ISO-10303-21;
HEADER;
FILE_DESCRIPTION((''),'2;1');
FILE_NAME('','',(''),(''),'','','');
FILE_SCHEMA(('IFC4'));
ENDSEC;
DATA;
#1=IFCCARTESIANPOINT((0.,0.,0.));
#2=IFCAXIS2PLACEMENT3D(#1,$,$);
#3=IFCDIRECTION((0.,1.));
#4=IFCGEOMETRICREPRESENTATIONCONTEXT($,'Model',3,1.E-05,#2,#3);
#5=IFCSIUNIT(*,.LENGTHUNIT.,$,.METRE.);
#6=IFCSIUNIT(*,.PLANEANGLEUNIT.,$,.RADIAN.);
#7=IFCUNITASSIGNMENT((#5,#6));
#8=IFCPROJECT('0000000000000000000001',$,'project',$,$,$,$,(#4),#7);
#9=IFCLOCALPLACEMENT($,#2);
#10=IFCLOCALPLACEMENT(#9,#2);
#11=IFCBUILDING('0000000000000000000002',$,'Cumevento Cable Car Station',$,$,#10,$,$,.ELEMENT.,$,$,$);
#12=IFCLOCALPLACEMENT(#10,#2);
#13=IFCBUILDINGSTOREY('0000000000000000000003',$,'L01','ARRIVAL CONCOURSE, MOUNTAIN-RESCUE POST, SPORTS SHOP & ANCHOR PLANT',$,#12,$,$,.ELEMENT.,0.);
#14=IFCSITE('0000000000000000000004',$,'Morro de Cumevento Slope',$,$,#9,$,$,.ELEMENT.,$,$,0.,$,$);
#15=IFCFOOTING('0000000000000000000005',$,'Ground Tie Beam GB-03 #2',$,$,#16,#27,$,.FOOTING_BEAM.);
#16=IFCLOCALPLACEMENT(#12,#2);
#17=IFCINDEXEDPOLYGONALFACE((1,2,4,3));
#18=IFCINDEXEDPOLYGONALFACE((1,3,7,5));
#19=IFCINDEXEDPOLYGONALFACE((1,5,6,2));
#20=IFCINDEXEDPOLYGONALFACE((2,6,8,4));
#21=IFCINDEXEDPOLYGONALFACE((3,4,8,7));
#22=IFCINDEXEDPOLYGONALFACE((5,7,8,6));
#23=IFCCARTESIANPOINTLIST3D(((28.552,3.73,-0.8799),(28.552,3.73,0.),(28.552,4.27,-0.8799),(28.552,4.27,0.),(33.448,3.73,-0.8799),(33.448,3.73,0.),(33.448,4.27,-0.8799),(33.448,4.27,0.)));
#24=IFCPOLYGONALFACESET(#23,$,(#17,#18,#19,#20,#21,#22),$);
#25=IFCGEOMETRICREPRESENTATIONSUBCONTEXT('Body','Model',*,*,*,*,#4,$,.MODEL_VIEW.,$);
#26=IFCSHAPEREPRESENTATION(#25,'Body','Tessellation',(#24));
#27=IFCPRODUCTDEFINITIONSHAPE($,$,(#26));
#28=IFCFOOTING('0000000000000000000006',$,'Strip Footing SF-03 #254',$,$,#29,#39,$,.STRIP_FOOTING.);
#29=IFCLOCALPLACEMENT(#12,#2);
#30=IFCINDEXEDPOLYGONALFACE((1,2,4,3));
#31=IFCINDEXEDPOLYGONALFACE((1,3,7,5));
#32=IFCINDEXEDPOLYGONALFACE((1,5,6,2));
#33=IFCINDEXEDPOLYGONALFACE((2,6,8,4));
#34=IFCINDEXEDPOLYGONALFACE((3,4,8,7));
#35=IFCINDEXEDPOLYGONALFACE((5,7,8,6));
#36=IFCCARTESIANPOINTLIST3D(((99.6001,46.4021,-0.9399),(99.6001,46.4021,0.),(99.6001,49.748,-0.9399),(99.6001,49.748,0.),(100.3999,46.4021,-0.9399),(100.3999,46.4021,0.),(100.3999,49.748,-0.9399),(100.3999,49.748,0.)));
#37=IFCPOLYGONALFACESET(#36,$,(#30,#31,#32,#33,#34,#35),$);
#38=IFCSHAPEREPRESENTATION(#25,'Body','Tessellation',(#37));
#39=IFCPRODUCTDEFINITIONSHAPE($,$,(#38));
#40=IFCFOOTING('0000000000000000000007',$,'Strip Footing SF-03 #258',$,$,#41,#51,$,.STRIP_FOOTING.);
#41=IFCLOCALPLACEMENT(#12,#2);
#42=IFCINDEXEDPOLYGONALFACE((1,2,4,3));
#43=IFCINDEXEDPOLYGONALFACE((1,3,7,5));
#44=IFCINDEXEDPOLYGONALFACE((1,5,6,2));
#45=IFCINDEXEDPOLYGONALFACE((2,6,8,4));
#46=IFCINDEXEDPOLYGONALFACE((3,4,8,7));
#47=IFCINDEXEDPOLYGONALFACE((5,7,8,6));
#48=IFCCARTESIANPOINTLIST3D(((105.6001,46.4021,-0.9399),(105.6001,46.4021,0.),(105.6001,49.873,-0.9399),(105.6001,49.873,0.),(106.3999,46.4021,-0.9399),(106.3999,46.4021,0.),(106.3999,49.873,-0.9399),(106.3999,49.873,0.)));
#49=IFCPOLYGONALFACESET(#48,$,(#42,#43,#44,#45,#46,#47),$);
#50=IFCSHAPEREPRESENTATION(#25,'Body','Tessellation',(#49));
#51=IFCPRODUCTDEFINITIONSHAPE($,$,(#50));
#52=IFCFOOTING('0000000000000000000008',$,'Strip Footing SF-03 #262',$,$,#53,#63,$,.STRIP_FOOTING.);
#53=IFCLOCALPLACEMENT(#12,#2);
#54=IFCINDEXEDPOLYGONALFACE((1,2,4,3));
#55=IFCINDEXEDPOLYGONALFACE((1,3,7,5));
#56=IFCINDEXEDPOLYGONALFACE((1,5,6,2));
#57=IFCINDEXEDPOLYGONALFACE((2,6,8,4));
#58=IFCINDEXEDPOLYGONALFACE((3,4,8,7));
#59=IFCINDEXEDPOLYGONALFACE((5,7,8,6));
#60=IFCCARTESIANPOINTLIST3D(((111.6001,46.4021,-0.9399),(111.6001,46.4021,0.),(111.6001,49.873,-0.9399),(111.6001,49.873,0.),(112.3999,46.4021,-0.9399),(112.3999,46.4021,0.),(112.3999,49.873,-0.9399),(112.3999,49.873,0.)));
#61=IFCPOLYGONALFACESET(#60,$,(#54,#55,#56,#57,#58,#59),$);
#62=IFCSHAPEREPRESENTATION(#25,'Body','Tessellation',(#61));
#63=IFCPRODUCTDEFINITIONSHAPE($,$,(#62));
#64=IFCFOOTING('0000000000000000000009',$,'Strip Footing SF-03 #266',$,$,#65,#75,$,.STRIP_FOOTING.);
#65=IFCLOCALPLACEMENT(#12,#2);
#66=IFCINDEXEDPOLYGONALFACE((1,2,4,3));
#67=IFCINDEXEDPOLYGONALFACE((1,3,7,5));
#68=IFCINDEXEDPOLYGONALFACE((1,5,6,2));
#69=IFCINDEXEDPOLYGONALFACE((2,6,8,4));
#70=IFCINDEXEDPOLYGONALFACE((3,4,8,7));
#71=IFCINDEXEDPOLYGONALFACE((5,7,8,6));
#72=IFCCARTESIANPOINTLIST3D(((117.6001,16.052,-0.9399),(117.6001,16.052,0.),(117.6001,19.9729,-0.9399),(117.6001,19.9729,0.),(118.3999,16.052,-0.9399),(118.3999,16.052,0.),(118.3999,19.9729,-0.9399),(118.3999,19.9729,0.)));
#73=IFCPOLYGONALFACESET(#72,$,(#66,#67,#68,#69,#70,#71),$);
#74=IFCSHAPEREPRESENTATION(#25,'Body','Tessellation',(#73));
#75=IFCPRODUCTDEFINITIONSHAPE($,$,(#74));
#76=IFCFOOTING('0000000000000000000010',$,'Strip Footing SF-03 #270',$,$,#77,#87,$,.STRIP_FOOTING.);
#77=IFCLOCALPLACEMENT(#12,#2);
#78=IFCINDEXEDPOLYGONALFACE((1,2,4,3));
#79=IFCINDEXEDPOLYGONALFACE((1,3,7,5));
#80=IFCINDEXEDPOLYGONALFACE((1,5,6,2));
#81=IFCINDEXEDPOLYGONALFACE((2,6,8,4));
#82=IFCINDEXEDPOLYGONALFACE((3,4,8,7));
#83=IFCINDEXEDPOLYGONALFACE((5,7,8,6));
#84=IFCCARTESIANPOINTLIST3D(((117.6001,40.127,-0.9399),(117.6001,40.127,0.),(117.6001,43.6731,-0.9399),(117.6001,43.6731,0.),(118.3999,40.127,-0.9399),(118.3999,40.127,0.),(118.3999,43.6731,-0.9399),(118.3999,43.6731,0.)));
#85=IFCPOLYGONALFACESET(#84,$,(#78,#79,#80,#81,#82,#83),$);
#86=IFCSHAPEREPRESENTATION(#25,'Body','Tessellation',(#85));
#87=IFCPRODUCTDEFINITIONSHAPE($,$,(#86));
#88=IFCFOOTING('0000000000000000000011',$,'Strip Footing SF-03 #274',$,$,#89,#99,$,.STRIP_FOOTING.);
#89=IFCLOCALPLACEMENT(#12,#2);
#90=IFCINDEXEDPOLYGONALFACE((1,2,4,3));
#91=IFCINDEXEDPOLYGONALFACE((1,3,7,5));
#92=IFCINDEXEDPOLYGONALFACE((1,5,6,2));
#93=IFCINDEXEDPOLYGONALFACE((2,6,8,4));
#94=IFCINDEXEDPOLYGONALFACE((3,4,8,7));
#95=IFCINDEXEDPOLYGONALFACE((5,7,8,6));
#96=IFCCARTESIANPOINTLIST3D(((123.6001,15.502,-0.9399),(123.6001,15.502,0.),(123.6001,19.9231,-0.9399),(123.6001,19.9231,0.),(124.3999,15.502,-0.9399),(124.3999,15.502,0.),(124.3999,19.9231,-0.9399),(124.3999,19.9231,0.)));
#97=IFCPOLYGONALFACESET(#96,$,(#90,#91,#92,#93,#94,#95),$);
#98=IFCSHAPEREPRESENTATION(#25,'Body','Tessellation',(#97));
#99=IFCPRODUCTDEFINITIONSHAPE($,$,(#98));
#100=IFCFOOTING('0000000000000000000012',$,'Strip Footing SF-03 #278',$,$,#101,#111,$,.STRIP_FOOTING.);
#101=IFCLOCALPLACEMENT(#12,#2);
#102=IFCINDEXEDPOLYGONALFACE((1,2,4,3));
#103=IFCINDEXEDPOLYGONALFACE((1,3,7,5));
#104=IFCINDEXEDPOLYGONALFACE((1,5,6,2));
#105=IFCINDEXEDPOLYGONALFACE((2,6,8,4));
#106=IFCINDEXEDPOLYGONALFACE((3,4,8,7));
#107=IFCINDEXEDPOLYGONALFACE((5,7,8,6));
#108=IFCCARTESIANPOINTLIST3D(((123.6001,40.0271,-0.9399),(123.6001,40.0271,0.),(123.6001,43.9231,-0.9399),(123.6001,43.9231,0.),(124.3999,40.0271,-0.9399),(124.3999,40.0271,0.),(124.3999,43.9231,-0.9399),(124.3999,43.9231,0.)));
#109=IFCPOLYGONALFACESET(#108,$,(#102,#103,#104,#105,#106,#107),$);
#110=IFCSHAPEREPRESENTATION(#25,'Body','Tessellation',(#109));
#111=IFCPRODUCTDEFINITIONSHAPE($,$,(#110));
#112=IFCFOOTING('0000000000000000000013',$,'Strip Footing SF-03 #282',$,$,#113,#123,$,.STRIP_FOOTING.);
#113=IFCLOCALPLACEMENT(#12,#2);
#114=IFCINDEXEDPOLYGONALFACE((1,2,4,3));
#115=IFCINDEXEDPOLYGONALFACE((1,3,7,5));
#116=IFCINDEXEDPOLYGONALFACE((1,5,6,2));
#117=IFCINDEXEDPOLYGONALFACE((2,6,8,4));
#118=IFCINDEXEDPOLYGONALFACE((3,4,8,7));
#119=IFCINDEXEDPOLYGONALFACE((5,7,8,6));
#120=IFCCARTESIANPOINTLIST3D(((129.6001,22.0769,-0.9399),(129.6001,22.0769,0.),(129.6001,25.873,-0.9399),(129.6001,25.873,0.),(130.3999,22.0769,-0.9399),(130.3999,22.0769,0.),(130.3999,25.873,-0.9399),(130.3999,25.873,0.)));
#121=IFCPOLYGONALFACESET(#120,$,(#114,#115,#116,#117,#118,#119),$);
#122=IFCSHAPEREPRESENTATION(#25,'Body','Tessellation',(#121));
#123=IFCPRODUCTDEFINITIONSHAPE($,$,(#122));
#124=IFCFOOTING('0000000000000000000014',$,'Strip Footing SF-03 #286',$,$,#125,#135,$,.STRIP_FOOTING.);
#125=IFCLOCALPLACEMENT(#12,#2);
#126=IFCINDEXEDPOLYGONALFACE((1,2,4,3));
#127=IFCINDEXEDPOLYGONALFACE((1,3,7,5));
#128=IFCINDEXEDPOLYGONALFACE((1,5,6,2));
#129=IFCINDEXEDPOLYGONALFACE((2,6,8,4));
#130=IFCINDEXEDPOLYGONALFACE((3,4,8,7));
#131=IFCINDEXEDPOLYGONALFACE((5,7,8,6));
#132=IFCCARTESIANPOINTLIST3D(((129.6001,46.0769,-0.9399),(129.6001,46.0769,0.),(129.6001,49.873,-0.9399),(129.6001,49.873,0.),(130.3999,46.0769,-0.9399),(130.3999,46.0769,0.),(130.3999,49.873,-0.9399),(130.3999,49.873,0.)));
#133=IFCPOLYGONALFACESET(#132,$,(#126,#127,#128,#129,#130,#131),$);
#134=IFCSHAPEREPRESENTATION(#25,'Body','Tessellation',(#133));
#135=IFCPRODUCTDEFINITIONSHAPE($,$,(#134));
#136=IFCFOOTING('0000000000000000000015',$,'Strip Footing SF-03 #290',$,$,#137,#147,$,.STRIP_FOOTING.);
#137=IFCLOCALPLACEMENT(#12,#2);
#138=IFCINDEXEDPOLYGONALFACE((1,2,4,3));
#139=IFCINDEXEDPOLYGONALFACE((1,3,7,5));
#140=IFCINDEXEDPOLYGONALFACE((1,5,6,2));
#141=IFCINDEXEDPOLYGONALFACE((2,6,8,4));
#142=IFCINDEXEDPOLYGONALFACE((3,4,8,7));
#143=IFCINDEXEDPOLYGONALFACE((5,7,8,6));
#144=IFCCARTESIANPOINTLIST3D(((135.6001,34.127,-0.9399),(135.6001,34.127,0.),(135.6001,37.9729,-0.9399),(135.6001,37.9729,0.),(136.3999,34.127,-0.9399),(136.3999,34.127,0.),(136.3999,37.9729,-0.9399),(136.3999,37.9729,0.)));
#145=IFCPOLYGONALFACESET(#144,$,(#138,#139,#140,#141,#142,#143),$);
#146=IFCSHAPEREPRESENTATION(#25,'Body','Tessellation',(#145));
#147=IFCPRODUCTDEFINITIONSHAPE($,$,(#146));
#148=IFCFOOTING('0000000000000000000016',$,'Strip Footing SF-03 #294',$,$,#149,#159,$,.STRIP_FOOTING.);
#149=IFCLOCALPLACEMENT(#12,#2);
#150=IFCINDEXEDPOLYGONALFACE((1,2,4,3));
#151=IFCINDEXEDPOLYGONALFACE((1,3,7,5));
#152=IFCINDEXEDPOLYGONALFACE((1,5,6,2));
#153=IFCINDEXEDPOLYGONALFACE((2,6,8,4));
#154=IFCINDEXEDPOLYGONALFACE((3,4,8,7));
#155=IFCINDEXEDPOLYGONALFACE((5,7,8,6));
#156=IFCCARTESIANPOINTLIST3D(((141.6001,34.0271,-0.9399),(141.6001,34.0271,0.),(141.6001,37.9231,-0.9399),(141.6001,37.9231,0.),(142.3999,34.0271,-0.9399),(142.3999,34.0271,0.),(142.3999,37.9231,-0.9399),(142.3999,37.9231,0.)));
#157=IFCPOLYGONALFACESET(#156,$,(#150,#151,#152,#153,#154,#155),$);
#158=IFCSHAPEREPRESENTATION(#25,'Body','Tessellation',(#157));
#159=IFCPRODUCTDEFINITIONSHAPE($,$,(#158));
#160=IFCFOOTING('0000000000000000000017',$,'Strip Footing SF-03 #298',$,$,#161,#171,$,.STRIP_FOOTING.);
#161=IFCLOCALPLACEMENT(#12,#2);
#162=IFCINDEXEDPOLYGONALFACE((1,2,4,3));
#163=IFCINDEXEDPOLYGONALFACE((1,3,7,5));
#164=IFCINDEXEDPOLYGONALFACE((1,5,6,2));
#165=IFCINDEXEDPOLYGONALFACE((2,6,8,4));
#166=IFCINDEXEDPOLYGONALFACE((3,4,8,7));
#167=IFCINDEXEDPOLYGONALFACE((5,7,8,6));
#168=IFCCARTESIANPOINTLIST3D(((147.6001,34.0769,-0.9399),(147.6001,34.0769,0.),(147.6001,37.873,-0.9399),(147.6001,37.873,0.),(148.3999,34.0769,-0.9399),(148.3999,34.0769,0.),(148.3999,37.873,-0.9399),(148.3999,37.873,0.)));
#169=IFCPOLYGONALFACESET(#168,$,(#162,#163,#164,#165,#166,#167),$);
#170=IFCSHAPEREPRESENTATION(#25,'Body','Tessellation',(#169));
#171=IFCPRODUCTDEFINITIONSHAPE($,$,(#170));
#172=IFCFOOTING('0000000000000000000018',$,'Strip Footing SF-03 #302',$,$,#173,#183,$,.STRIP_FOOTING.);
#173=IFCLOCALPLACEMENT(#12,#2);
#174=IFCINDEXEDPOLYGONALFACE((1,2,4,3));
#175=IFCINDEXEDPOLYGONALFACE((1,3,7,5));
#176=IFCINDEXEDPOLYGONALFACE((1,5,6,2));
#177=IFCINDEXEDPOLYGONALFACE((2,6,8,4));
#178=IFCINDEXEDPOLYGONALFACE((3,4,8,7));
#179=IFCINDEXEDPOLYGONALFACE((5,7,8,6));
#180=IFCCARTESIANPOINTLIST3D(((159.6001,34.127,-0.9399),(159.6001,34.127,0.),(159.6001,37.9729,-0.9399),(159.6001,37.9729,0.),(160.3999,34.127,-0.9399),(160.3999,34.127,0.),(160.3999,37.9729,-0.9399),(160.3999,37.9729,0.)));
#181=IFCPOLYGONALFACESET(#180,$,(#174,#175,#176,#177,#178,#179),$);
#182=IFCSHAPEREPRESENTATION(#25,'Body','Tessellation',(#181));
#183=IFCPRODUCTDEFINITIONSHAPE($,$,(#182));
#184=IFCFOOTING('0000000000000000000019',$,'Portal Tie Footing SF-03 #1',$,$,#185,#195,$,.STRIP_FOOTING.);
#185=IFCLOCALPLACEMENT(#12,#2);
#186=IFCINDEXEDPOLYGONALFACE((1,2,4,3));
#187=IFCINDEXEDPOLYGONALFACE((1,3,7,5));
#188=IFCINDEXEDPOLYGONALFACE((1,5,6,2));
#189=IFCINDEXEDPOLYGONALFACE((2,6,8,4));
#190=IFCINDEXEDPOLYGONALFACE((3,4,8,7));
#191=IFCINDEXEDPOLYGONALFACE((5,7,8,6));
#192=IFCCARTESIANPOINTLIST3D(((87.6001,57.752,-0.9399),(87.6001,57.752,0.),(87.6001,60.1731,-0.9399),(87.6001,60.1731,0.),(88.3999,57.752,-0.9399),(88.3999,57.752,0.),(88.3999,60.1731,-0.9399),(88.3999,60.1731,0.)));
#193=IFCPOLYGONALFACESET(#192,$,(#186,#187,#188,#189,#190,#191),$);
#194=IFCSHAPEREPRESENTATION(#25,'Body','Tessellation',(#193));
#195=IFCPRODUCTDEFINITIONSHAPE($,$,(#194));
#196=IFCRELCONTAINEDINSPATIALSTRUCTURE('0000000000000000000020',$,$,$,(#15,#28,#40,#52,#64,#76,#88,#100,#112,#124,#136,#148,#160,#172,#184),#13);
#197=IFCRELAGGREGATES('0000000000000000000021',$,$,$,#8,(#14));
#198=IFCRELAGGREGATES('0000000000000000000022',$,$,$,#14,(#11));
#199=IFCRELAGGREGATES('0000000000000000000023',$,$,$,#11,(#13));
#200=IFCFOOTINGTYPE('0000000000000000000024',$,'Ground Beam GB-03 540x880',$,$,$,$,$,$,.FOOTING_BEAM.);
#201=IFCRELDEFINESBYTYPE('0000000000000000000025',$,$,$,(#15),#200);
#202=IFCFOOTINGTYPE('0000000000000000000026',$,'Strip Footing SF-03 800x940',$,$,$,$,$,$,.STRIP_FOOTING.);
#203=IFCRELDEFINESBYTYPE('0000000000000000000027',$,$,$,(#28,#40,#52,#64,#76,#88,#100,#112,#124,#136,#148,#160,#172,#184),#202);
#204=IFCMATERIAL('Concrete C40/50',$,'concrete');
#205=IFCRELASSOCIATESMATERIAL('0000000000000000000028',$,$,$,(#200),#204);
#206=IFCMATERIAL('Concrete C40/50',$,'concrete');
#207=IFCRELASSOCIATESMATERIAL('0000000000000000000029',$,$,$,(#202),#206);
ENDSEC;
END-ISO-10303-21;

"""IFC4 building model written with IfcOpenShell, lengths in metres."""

from ifc_helpers import new_model, si_unit, direction, frame, origin, place, context, subcontext, project, spatial, polyline, outline, extrude, material, type_object, element, save


model = new_model("IFC4")

# Units and contexts
model_context = context("Model", 3, precision=1e-05, world=origin(), true_north=direction((0.0, 1.0)))
body_context = subcontext(model_context, "Body", "Model", "MODEL_VIEW")
ifc_project = project(units=[si_unit("LENGTHUNIT", "METRE"), si_unit("PLANEANGLEUNIT", "RADIAN")], contexts=[model_context])

# Site, building, storey
site_placement = place(None, origin())
site = spatial("IfcSite", under=ifc_project, at=site_placement, Name="Morro de Cumevento Slope", CompositionType="ELEMENT", RefElevation=0.0)
building_placement = place(site_placement, origin())
building = spatial("IfcBuilding", under=site, at=building_placement, Name="Cumevento Cable Car Station", CompositionType="ELEMENT")
storey_placement = place(building_placement, origin())
storey = spatial("IfcBuildingStorey", under=building, at=storey_placement, Name="L01", Description="ARRIVAL CONCOURSE, MOUNTAIN-RESCUE POST, SPORTS SHOP & ANCHOR PLANT", CompositionType="ELEMENT", Elevation=0.0)

# Footings
ifc_material_1 = material(Name="Concrete C40/50", Category="concrete")
footing_type_1 = type_object("IfcFootingType", Name="Ground Beam GB-03 540x880", PredefinedType="FOOTING_BEAM", material=ifc_material_1)
footing_1_placement = place(storey_placement, frame((0.0, 0.0, -0.8799)))
element("IfcFooting", 1, at=footing_1_placement, inside=storey, type_object=footing_type_1, Name="Ground Tie Beam GB-03 #2", PredefinedType="FOOTING_BEAM", context=body_context, shape_type="SweptSolid", body=[
    extrude(outline(polyline([(28.552, 3.73), (33.448, 3.73), (33.448, 4.27), (28.552, 4.27), (28.552, 3.73)])), origin(), (0.0, 0.0, 1.0), 0.8799),
])
ifc_material_2 = material(Name="Concrete C40/50", Category="concrete")
footing_type_2 = type_object("IfcFootingType", Name="Strip Footing SF-03 800x940", PredefinedType="STRIP_FOOTING", material=ifc_material_2)
footing_2_placement = place(storey_placement, frame((0.0, 0.0, -0.9399)))
element("IfcFooting", 2, at=footing_2_placement, inside=storey, type_object=footing_type_2, Name="Strip Footing SF-03 #254", PredefinedType="STRIP_FOOTING", context=body_context, shape_type="SweptSolid", body=[
    extrude(outline(polyline([(99.6001, 46.4021), (100.3999, 46.4021), (100.3999, 49.748), (99.6001, 49.748), (99.6001, 46.4021)])), origin(), (0.0, 0.0, 1.0), 0.9399),
])
footing_3_placement = place(storey_placement, frame((0.0, 0.0, -0.9399)))
element("IfcFooting", 3, at=footing_3_placement, inside=storey, type_object=footing_type_2, Name="Strip Footing SF-03 #258", PredefinedType="STRIP_FOOTING", context=body_context, shape_type="SweptSolid", body=[
    extrude(outline(polyline([(105.6001, 46.4021), (106.3999, 46.4021), (106.3999, 49.873), (105.6001, 49.873), (105.6001, 46.4021)])), origin(), (0.0, 0.0, 1.0), 0.9399),
])
footing_4_placement = place(storey_placement, frame((0.0, 0.0, -0.9399)))
element("IfcFooting", 4, at=footing_4_placement, inside=storey, type_object=footing_type_2, Name="Strip Footing SF-03 #262", PredefinedType="STRIP_FOOTING", context=body_context, shape_type="SweptSolid", body=[
    extrude(outline(polyline([(111.6001, 46.4021), (112.3999, 46.4021), (112.3999, 49.873), (111.6001, 49.873), (111.6001, 46.4021)])), origin(), (0.0, 0.0, 1.0), 0.9399),
])
footing_5_placement = place(storey_placement, frame((0.0, 0.0, -0.9399)))
element("IfcFooting", 5, at=footing_5_placement, inside=storey, type_object=footing_type_2, Name="Strip Footing SF-03 #266", PredefinedType="STRIP_FOOTING", context=body_context, shape_type="SweptSolid", body=[
    extrude(outline(polyline([(117.6001, 16.052), (118.3999, 16.052), (118.3999, 19.9729), (117.6001, 19.9729), (117.6001, 16.052)])), origin(), (0.0, 0.0, 1.0), 0.9399),
])
footing_6_placement = place(storey_placement, frame((0.0, 0.0, -0.9399)))
element("IfcFooting", 6, at=footing_6_placement, inside=storey, type_object=footing_type_2, Name="Strip Footing SF-03 #270", PredefinedType="STRIP_FOOTING", context=body_context, shape_type="SweptSolid", body=[
    extrude(outline(polyline([(117.6001, 40.127), (118.3999, 40.127), (118.3999, 43.6731), (117.6001, 43.6731), (117.6001, 40.127)])), origin(), (0.0, 0.0, 1.0), 0.9399),
])
footing_7_placement = place(storey_placement, frame((0.0, 0.0, -0.9399)))
element("IfcFooting", 7, at=footing_7_placement, inside=storey, type_object=footing_type_2, Name="Strip Footing SF-03 #274", PredefinedType="STRIP_FOOTING", context=body_context, shape_type="SweptSolid", body=[
    extrude(outline(polyline([(123.6001, 15.502), (124.3999, 15.502), (124.3999, 19.9231), (123.6001, 19.9231), (123.6001, 15.502)])), origin(), (0.0, 0.0, 1.0), 0.9399),
])
footing_8_placement = place(storey_placement, frame((0.0, 0.0, -0.9399)))
element("IfcFooting", 8, at=footing_8_placement, inside=storey, type_object=footing_type_2, Name="Strip Footing SF-03 #278", PredefinedType="STRIP_FOOTING", context=body_context, shape_type="SweptSolid", body=[
    extrude(outline(polyline([(123.6001, 40.0271), (124.3999, 40.0271), (124.3999, 43.9231), (123.6001, 43.9231), (123.6001, 40.0271)])), origin(), (0.0, 0.0, 1.0), 0.9399),
])
footing_9_placement = place(storey_placement, frame((0.0, 0.0, -0.9399)))
element("IfcFooting", 9, at=footing_9_placement, inside=storey, type_object=footing_type_2, Name="Strip Footing SF-03 #282", PredefinedType="STRIP_FOOTING", context=body_context, shape_type="SweptSolid", body=[
    extrude(outline(polyline([(129.6001, 22.0769), (130.3999, 22.0769), (130.3999, 25.873), (129.6001, 25.873), (129.6001, 22.0769)])), origin(), (0.0, 0.0, 1.0), 0.9399),
])
footing_10_placement = place(storey_placement, frame((0.0, 0.0, -0.9399)))
element("IfcFooting", 10, at=footing_10_placement, inside=storey, type_object=footing_type_2, Name="Strip Footing SF-03 #286", PredefinedType="STRIP_FOOTING", context=body_context, shape_type="SweptSolid", body=[
    extrude(outline(polyline([(129.6001, 46.0769), (130.3999, 46.0769), (130.3999, 49.873), (129.6001, 49.873), (129.6001, 46.0769)])), origin(), (0.0, 0.0, 1.0), 0.9399),
])
footing_11_placement = place(storey_placement, frame((0.0, 0.0, -0.9399)))
element("IfcFooting", 11, at=footing_11_placement, inside=storey, type_object=footing_type_2, Name="Strip Footing SF-03 #290", PredefinedType="STRIP_FOOTING", context=body_context, shape_type="SweptSolid", body=[
    extrude(outline(polyline([(135.6001, 34.127), (136.3999, 34.127), (136.3999, 37.9729), (135.6001, 37.9729), (135.6001, 34.127)])), origin(), (0.0, 0.0, 1.0), 0.9399),
])
footing_12_placement = place(storey_placement, frame((0.0, 0.0, -0.9399)))
element("IfcFooting", 12, at=footing_12_placement, inside=storey, type_object=footing_type_2, Name="Strip Footing SF-03 #294", PredefinedType="STRIP_FOOTING", context=body_context, shape_type="SweptSolid", body=[
    extrude(outline(polyline([(141.6001, 34.0271), (142.3999, 34.0271), (142.3999, 37.9231), (141.6001, 37.9231), (141.6001, 34.0271)])), origin(), (0.0, 0.0, 1.0), 0.9399),
])
footing_13_placement = place(storey_placement, frame((0.0, 0.0, -0.9399)))
element("IfcFooting", 13, at=footing_13_placement, inside=storey, type_object=footing_type_2, Name="Strip Footing SF-03 #298", PredefinedType="STRIP_FOOTING", context=body_context, shape_type="SweptSolid", body=[
    extrude(outline(polyline([(147.6001, 34.0769), (148.3999, 34.0769), (148.3999, 37.873), (147.6001, 37.873), (147.6001, 34.0769)])), origin(), (0.0, 0.0, 1.0), 0.9399),
])
footing_14_placement = place(storey_placement, frame((0.0, 0.0, -0.9399)))
element("IfcFooting", 14, at=footing_14_placement, inside=storey, type_object=footing_type_2, Name="Strip Footing SF-03 #302", PredefinedType="STRIP_FOOTING", context=body_context, shape_type="SweptSolid", body=[
    extrude(outline(polyline([(159.6001, 34.127), (160.3999, 34.127), (160.3999, 37.9729), (159.6001, 37.9729), (159.6001, 34.127)])), origin(), (0.0, 0.0, 1.0), 0.9399),
])
footing_15_placement = place(storey_placement, frame((0.0, 0.0, -0.9399)))
element("IfcFooting", 15, at=footing_15_placement, inside=storey, type_object=footing_type_2, Name="Portal Tie Footing SF-03 #1", PredefinedType="STRIP_FOOTING", context=body_context, shape_type="SweptSolid", body=[
    extrude(outline(polyline([(87.6001, 57.752), (88.3999, 57.752), (88.3999, 60.1731), (87.6001, 60.1731), (87.6001, 57.752)])), origin(), (0.0, 0.0, 1.0), 0.9399),
])

save(model, "model.ifc")
